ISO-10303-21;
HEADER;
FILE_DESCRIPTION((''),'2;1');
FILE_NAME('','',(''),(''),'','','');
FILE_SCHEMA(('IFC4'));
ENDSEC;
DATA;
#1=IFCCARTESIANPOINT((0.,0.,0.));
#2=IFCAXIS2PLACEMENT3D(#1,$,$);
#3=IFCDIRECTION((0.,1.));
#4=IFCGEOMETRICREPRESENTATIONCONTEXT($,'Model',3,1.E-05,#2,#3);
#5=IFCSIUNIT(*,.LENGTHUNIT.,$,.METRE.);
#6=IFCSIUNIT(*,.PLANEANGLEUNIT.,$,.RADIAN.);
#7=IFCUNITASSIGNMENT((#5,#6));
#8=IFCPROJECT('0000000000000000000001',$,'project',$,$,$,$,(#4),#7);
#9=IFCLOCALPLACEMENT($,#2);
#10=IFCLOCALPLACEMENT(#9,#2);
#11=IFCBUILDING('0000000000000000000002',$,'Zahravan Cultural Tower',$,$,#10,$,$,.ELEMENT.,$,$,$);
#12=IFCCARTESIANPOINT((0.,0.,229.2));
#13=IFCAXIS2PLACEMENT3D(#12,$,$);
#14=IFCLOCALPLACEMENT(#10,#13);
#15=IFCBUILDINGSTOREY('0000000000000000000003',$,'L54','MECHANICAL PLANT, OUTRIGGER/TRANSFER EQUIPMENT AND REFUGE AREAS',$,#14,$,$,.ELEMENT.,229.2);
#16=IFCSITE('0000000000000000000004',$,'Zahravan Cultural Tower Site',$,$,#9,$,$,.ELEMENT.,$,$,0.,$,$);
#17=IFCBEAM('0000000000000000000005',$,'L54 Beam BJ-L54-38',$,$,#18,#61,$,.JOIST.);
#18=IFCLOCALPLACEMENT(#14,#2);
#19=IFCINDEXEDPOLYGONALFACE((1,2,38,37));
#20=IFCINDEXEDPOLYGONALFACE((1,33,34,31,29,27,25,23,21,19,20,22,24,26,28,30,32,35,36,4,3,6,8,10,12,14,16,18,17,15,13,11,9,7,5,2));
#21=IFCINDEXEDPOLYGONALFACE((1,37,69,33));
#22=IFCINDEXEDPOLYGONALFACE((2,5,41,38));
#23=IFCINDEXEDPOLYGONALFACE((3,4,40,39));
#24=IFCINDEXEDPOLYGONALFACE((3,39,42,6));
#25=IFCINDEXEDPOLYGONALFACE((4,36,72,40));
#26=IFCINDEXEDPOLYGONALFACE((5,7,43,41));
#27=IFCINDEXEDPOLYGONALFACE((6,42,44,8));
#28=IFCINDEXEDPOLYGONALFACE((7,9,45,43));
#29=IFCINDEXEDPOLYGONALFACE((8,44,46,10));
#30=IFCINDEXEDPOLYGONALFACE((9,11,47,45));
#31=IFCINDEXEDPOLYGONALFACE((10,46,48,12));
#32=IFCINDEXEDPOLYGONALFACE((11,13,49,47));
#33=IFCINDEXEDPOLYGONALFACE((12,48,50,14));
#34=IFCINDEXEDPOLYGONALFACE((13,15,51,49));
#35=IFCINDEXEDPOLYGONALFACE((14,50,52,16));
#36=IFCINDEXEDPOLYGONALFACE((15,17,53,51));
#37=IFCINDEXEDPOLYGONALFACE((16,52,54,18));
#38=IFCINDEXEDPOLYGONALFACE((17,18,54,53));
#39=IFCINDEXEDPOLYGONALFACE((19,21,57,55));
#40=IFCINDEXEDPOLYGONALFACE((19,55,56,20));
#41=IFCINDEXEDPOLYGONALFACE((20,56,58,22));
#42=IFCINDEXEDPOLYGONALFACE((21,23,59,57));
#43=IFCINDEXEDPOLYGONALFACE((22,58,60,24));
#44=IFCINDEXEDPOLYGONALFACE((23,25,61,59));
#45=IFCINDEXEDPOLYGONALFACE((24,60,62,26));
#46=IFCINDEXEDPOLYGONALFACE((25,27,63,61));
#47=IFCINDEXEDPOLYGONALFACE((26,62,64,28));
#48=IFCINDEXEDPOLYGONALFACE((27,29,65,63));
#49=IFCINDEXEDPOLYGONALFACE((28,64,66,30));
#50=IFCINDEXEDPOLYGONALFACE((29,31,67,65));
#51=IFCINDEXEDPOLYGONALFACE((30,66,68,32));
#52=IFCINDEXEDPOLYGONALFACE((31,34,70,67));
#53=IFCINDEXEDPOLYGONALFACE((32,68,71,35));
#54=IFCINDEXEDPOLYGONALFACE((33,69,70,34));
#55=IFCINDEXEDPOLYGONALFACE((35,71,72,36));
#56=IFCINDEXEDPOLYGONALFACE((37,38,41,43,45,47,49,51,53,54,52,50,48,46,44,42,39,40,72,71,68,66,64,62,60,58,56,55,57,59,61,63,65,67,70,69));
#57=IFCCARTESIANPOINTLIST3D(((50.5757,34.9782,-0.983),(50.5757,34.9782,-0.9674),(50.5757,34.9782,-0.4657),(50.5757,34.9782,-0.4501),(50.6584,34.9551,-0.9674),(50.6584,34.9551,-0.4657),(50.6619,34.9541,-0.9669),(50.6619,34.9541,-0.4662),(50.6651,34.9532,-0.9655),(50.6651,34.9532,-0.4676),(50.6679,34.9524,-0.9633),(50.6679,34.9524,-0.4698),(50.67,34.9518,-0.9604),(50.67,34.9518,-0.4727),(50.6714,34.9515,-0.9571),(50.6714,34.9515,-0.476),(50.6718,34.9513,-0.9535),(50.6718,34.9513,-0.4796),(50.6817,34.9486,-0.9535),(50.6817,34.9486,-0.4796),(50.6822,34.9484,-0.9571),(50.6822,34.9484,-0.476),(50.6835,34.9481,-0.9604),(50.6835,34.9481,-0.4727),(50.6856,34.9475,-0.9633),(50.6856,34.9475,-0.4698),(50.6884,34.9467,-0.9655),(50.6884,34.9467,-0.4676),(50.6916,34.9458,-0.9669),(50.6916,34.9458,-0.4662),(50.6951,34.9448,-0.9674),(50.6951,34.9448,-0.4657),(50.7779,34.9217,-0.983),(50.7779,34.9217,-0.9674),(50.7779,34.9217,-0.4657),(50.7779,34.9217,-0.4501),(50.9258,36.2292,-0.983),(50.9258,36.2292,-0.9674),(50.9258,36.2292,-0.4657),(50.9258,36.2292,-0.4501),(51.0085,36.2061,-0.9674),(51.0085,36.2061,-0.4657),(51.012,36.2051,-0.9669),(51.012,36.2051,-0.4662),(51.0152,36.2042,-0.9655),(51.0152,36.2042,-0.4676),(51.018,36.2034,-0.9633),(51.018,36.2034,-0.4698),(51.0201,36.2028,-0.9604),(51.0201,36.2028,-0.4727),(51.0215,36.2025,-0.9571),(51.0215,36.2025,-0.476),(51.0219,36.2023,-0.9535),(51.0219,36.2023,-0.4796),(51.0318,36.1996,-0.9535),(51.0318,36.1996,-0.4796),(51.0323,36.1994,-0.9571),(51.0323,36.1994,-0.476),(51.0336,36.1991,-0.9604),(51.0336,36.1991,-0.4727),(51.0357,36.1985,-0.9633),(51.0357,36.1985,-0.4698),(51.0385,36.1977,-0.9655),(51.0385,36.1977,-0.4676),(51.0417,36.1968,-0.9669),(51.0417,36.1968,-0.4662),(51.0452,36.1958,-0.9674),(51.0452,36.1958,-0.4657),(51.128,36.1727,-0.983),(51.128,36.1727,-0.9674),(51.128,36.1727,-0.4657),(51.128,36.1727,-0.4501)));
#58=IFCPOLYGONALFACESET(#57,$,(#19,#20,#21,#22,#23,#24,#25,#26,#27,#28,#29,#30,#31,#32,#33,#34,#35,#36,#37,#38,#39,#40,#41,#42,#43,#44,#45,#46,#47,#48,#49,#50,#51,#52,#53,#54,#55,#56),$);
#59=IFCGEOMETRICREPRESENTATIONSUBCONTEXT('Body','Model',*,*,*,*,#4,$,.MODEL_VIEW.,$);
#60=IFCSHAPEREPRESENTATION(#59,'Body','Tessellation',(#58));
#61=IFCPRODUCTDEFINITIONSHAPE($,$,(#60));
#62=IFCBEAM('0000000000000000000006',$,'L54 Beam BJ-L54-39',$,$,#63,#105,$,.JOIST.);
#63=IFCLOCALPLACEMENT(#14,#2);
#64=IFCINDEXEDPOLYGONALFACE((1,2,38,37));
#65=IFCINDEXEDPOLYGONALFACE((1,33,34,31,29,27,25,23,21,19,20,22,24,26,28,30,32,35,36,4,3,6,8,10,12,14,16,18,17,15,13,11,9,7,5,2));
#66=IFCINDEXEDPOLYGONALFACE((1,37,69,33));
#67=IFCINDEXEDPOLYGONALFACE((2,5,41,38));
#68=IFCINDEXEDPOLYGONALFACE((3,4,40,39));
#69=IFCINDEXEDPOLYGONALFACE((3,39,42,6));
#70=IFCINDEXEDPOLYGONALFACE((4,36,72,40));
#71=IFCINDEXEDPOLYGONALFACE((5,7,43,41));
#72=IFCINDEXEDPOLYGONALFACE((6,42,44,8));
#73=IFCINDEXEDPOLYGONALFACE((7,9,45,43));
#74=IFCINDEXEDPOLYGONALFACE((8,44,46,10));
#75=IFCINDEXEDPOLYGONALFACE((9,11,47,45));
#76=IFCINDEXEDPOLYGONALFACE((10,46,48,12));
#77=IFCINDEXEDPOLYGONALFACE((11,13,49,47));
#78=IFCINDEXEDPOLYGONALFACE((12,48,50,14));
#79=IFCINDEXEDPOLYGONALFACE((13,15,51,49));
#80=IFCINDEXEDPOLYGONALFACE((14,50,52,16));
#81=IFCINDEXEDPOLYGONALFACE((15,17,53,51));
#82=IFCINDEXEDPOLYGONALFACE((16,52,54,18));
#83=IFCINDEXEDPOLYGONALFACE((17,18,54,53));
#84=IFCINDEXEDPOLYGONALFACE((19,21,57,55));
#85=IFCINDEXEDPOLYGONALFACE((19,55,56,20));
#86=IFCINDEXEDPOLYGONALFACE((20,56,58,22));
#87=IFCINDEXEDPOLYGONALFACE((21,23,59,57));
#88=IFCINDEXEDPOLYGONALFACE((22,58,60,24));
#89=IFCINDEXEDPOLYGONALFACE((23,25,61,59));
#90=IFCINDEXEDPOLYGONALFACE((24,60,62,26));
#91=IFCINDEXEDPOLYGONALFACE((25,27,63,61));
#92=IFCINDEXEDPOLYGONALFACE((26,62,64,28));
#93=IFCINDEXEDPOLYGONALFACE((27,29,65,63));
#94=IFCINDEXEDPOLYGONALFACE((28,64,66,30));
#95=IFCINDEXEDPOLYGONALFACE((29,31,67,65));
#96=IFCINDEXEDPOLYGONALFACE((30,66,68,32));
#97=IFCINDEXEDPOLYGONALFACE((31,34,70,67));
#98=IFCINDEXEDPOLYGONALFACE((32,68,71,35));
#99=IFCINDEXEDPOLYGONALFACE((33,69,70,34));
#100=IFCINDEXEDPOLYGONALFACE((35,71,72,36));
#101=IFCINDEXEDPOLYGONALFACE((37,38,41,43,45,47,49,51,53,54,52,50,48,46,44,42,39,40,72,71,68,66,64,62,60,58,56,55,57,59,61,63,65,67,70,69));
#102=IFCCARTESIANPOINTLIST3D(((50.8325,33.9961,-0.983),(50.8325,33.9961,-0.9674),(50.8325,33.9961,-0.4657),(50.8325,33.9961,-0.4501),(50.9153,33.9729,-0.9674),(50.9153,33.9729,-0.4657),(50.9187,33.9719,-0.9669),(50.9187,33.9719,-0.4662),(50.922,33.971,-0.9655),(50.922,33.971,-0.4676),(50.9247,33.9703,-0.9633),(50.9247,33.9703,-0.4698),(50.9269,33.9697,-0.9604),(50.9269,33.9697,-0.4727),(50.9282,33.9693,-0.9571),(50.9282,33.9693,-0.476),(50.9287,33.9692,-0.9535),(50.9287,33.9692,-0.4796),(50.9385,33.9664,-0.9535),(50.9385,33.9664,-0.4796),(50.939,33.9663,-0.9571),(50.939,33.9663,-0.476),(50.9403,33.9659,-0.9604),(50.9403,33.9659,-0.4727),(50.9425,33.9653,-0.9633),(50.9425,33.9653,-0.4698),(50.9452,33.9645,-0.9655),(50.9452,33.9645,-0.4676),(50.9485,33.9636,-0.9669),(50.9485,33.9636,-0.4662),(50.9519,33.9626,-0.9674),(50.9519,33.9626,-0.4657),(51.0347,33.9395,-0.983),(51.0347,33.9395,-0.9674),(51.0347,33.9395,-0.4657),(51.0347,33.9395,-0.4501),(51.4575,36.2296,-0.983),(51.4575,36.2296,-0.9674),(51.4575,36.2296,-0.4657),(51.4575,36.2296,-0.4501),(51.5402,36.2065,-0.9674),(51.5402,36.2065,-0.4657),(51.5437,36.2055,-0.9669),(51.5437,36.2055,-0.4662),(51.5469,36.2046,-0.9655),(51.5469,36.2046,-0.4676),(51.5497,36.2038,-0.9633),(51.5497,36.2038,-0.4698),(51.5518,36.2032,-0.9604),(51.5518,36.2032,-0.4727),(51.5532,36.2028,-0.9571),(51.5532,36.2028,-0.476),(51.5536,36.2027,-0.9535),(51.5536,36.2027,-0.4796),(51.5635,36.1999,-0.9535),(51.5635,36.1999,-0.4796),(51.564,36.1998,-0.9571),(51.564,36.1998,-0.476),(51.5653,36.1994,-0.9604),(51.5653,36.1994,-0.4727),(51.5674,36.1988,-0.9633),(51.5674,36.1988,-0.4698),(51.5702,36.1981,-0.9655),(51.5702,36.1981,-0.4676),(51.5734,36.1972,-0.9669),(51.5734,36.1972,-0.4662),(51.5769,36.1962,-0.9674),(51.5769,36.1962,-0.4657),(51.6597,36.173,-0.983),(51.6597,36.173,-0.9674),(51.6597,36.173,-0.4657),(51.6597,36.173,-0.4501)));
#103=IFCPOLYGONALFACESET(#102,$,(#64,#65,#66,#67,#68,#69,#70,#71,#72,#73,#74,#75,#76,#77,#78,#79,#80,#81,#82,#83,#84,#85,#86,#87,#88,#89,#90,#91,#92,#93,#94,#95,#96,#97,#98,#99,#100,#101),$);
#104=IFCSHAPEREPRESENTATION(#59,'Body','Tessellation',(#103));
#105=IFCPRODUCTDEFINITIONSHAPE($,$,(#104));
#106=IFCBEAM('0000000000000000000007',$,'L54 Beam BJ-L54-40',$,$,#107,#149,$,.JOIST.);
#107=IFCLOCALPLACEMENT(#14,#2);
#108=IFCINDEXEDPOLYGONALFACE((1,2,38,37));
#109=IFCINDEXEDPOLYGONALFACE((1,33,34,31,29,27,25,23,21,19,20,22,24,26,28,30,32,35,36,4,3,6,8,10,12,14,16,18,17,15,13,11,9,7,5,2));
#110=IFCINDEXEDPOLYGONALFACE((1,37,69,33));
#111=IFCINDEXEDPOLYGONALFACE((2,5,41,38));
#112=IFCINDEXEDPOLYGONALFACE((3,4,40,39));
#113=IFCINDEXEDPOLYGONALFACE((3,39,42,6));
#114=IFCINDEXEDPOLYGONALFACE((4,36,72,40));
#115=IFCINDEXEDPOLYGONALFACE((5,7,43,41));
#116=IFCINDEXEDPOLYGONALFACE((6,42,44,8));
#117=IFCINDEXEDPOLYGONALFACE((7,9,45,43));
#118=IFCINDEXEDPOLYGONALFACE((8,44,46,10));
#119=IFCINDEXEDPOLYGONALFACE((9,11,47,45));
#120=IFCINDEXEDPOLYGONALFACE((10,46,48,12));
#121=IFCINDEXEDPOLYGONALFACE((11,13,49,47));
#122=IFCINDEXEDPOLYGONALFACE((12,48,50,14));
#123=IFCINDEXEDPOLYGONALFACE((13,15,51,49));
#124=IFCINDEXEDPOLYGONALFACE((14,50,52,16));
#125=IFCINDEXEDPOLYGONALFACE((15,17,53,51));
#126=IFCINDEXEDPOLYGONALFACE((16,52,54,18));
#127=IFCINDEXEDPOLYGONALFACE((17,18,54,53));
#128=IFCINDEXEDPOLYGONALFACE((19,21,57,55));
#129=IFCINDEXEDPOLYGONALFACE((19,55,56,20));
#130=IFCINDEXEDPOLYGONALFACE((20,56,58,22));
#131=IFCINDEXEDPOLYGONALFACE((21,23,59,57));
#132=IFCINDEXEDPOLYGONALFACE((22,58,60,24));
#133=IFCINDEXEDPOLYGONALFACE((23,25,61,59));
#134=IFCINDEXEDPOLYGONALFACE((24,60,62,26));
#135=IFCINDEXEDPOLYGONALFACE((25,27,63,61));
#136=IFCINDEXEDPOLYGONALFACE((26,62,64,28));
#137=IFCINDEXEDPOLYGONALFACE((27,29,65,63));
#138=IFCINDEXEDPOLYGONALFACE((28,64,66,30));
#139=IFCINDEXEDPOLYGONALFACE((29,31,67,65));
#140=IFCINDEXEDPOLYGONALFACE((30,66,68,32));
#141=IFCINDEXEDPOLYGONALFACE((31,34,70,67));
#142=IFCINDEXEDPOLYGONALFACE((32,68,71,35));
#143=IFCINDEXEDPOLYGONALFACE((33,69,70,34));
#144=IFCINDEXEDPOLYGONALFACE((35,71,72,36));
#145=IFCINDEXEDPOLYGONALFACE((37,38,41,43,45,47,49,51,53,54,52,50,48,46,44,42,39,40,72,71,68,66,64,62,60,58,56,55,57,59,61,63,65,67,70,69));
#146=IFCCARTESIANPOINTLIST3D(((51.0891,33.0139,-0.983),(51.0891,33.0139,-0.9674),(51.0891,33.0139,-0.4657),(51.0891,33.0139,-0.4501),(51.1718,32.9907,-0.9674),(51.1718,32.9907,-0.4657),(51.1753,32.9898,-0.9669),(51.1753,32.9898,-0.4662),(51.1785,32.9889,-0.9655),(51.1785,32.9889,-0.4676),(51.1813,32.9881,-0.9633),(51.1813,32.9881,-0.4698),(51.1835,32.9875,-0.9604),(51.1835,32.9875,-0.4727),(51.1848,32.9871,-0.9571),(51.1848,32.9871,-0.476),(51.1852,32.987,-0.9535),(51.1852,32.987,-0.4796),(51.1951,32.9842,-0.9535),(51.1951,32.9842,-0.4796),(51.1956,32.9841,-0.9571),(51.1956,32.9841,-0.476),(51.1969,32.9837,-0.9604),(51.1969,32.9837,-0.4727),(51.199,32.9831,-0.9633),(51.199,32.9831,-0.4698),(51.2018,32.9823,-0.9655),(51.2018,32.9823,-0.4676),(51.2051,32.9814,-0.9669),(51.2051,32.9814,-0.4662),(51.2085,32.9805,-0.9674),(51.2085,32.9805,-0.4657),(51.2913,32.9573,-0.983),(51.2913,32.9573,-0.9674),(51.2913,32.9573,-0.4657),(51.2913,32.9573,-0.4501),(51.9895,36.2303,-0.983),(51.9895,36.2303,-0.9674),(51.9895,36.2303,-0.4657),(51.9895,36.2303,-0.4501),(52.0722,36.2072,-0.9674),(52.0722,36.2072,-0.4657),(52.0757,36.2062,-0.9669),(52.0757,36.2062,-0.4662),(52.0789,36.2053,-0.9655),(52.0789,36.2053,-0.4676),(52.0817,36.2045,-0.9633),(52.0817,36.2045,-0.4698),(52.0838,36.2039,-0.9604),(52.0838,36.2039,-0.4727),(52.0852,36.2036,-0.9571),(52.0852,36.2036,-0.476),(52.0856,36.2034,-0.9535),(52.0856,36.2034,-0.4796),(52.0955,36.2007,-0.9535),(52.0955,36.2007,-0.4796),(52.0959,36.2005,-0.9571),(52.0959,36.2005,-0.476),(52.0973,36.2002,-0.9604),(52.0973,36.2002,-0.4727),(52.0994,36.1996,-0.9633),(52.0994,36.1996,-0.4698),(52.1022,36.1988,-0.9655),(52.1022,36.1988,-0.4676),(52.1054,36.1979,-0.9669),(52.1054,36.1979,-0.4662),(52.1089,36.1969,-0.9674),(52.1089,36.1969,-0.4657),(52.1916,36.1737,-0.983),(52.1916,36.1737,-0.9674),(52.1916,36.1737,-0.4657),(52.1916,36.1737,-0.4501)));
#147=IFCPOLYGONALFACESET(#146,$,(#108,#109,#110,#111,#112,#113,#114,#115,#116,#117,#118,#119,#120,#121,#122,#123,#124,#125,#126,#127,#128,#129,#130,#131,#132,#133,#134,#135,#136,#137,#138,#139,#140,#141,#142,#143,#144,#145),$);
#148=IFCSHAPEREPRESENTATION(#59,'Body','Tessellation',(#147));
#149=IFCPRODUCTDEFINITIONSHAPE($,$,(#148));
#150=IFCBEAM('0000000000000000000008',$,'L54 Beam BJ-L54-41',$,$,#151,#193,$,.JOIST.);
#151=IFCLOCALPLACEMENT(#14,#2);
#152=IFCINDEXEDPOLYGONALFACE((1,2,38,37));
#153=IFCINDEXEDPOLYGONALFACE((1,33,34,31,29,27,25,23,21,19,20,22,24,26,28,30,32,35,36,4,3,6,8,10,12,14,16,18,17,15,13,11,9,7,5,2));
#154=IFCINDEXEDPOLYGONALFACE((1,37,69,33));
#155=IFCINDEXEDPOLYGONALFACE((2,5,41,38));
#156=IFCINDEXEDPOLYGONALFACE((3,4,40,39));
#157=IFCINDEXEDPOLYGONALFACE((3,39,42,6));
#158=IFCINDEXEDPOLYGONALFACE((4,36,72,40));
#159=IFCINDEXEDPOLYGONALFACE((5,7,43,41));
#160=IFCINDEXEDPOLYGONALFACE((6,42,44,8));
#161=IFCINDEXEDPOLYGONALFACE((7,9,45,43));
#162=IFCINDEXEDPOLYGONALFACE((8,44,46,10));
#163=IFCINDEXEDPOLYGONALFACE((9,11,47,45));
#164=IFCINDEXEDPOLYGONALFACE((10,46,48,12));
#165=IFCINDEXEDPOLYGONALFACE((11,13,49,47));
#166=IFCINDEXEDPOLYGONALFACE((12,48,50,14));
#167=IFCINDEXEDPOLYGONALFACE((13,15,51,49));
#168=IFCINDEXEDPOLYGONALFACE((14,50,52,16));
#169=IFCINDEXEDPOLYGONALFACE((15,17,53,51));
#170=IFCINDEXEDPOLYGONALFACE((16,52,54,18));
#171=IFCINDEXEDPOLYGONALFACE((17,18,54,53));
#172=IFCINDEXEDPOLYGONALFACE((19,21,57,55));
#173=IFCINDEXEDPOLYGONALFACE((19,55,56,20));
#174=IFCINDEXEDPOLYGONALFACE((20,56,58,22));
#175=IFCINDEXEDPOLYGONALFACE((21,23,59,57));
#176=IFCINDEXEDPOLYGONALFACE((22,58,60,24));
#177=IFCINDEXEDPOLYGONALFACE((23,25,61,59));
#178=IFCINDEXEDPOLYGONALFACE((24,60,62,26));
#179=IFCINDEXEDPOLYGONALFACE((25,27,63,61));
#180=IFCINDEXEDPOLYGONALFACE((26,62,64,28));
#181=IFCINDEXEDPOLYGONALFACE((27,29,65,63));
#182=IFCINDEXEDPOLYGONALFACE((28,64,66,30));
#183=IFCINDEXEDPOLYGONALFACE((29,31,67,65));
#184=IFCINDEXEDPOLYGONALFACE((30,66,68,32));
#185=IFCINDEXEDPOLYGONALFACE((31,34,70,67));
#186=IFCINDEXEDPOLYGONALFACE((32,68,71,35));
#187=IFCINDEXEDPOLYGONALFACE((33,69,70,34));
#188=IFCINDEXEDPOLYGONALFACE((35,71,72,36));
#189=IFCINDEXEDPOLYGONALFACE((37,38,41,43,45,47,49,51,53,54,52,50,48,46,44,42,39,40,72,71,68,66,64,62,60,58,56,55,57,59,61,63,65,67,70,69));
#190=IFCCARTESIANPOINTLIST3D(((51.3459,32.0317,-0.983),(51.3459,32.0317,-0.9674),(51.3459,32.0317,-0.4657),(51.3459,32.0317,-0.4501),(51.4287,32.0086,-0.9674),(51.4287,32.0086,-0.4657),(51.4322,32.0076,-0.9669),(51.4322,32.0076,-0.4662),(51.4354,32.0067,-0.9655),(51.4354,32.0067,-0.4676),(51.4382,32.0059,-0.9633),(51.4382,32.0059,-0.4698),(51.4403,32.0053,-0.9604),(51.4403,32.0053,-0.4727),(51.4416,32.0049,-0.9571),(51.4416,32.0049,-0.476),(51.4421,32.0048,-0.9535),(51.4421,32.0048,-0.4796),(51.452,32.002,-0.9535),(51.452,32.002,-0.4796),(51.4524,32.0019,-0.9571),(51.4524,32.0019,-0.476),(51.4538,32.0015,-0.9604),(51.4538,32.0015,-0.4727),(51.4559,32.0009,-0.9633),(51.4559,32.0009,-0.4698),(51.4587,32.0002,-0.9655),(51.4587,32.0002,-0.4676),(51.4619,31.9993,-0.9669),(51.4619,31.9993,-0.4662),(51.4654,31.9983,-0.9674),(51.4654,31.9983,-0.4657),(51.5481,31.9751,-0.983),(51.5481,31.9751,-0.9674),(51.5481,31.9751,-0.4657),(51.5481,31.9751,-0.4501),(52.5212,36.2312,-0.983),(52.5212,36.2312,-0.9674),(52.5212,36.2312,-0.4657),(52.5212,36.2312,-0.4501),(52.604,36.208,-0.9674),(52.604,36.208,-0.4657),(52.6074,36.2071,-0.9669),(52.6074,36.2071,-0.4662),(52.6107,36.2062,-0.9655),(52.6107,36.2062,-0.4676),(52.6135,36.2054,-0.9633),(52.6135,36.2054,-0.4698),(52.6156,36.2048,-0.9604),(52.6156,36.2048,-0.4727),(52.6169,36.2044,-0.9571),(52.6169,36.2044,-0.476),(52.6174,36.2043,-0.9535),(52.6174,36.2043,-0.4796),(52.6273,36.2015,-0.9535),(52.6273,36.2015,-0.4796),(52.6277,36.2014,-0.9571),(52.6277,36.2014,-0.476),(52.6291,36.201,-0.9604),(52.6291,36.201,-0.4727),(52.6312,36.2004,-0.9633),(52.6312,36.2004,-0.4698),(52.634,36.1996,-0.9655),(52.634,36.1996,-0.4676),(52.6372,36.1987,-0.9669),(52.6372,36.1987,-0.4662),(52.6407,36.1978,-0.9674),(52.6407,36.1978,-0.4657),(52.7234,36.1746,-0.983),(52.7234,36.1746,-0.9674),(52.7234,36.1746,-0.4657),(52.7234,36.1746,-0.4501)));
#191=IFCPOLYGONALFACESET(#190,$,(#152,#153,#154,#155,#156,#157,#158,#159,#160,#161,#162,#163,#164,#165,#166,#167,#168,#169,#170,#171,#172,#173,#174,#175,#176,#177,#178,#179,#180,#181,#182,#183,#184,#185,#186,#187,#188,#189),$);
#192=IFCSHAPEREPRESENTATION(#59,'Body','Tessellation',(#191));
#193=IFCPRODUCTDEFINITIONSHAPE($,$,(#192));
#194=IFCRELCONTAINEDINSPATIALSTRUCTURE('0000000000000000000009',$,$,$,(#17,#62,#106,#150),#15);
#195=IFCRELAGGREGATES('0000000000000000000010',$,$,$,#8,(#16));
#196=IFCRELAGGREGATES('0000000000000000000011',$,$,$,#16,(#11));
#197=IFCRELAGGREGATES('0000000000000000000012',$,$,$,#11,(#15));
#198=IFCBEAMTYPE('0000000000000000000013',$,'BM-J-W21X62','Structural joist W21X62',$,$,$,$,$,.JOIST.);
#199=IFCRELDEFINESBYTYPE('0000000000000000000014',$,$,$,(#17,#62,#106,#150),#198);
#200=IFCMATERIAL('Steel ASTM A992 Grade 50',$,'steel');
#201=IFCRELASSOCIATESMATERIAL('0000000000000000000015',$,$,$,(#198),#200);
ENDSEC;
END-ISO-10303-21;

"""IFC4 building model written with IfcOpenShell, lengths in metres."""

from ifc_helpers import new_model, si_unit, direction, frame, origin, origin_2d, place, context, subcontext, project, spatial, i_section, extrude, source, transform, mapped, material, material_profile, profile_set, type_object, element, save


model = new_model("IFC4")

# Units and contexts
model_context = context("Model", 3, precision=1e-05, world=origin(), true_north=direction((0.0, 1.0)))
body_context = subcontext(model_context, "Body", "Model", "MODEL_VIEW")
ifc_project = project(units=[si_unit("LENGTHUNIT", "METRE"), si_unit("PLANEANGLEUNIT", "RADIAN")], contexts=[model_context])

# Site, building, storey
site_placement = place(None, origin())
site = spatial("IfcSite", under=ifc_project, at=site_placement, Name="Zahravan Cultural Tower Site", CompositionType="ELEMENT", RefElevation=0.0)
building_placement = place(site_placement, origin())
building = spatial("IfcBuilding", under=site, at=building_placement, Name="Zahravan Cultural Tower", CompositionType="ELEMENT")
storey_placement = place(building_placement, frame((0.0, 0.0, 229.2)))
storey = spatial("IfcBuildingStorey", under=building, at=storey_placement, Name="L54", Description="MECHANICAL PLANT, OUTRIGGER/TRANSFER EQUIPMENT AND REFUGE AREAS", CompositionType="ELEMENT", Elevation=229.2)

# Shared definitions
ifc_material_1 = material(Name="Steel ASTM A992 Grade 50", Category="steel")

# Beams
ifc_material_profile_1 = material_profile(ifc_material_1, i_section(OverallWidth=0.21, OverallDepth=0.533, WebThickness=0.0103, FlangeThickness=0.0156, FilletRadius=0.0139, at=origin_2d()), Name="W21X62")
ifc_profile_set_1 = profile_set([ifc_material_profile_1], Name="Steel ASTM A992 Grade 50")
beam_type_1 = type_object("IfcBeamType", Name="BM-J-W21X62", Description="Structural joist W21X62", PredefinedType="JOIST", material=ifc_profile_set_1)
shared_shape_1 = source(origin(), body_context, "Body", "SweptSolid", [
    extrude(i_section(OverallWidth=0.21, OverallDepth=0.533, WebThickness=0.0103, FlangeThickness=0.0156, FilletRadius=0.0139, at=origin_2d()), origin(), (0.0, 0.0, 1.0), 1.2991),
])
beam_1_placement = place(storey_placement, frame((50.6768, 34.95, -0.7166), z_axis=(0.269504, 0.962999, 0.0), x_axis=(-0.962999, 0.269504, 0.0)))
element("IfcBeam", 1, at=beam_1_placement, inside=storey, type_object=beam_type_1, Name="L54 Beam BJ-L54-38", PredefinedType="JOIST", context=body_context, shape_type="MappedRepresentation", body=[
    mapped(shared_shape_1, transform((0.0, 0.0, 0.0), x_axis=(1.0, 0.0, 0.0), y_axis=(0.0, 1.0, 0.0), z_axis=(0.0, 0.0, 1.0), scale=1.0)),
])
shared_shape_2 = source(origin(), body_context, "Body", "SweptSolid", [
    extrude(i_section(OverallWidth=0.21, OverallDepth=0.533, WebThickness=0.0103, FlangeThickness=0.0156, FilletRadius=0.0139, at=origin_2d()), origin(), (0.0, 0.0, 1.0), 2.3193),
])
beam_2_placement = place(storey_placement, frame((50.9336, 33.9678, -0.7166), z_axis=(0.269462, 0.963011, 0.0), x_axis=(-0.963011, 0.269462, 0.0)))
element("IfcBeam", 2, at=beam_2_placement, inside=storey, type_object=beam_type_1, Name="L54 Beam BJ-L54-39", PredefinedType="JOIST", context=body_context, shape_type="MappedRepresentation", body=[
    mapped(shared_shape_2, transform((0.0, 0.0, 0.0), x_axis=(1.0, 0.0, 0.0), y_axis=(0.0, 1.0, 0.0), z_axis=(0.0, 0.0, 1.0), scale=1.0)),
])
shared_shape_3 = source(origin(), body_context, "Body", "SweptSolid", [
    extrude(i_section(OverallWidth=0.21, OverallDepth=0.533, WebThickness=0.0103, FlangeThickness=0.0156, FilletRadius=0.0139, at=origin_2d()), origin(), (0.0, 0.0, 1.0), 3.3401),
])
beam_3_placement = place(storey_placement, frame((51.1902, 32.9856, -0.7166), z_axis=(0.269562, 0.962983, 0.0), x_axis=(-0.962983, 0.269562, 0.0)))
element("IfcBeam", 3, at=beam_3_placement, inside=storey, type_object=beam_type_1, Name="L54 Beam BJ-L54-40", PredefinedType="JOIST", context=body_context, shape_type="MappedRepresentation", body=[
    mapped(shared_shape_3, transform((0.0, 0.0, 0.0), x_axis=(1.0, 0.0, 0.0), y_axis=(0.0, 1.0, 0.0), z_axis=(0.0, 0.0, 1.0), scale=1.0)),
])
shared_shape_4 = source(origin(), body_context, "Body", "SweptSolid", [
    extrude(i_section(OverallWidth=0.21, OverallDepth=0.533, WebThickness=0.0103, FlangeThickness=0.0156, FilletRadius=0.0139, at=origin_2d()), origin(), (0.0, 0.0, 1.0), 4.3608),
])
beam_4_placement = place(storey_placement, frame((51.447, 32.0034, -0.7166), z_axis=(0.269512, 0.962997, 0.0), x_axis=(-0.962997, 0.269512, 0.0)))
element("IfcBeam", 4, at=beam_4_placement, inside=storey, type_object=beam_type_1, Name="L54 Beam BJ-L54-41", PredefinedType="JOIST", context=body_context, shape_type="MappedRepresentation", body=[
    mapped(shared_shape_4, transform((0.0, 0.0, 0.0), x_axis=(1.0, 0.0, 0.0), y_axis=(0.0, 1.0, 0.0), z_axis=(0.0, 0.0, 1.0), scale=1.0)),
])

save(model, "model.ifc")
